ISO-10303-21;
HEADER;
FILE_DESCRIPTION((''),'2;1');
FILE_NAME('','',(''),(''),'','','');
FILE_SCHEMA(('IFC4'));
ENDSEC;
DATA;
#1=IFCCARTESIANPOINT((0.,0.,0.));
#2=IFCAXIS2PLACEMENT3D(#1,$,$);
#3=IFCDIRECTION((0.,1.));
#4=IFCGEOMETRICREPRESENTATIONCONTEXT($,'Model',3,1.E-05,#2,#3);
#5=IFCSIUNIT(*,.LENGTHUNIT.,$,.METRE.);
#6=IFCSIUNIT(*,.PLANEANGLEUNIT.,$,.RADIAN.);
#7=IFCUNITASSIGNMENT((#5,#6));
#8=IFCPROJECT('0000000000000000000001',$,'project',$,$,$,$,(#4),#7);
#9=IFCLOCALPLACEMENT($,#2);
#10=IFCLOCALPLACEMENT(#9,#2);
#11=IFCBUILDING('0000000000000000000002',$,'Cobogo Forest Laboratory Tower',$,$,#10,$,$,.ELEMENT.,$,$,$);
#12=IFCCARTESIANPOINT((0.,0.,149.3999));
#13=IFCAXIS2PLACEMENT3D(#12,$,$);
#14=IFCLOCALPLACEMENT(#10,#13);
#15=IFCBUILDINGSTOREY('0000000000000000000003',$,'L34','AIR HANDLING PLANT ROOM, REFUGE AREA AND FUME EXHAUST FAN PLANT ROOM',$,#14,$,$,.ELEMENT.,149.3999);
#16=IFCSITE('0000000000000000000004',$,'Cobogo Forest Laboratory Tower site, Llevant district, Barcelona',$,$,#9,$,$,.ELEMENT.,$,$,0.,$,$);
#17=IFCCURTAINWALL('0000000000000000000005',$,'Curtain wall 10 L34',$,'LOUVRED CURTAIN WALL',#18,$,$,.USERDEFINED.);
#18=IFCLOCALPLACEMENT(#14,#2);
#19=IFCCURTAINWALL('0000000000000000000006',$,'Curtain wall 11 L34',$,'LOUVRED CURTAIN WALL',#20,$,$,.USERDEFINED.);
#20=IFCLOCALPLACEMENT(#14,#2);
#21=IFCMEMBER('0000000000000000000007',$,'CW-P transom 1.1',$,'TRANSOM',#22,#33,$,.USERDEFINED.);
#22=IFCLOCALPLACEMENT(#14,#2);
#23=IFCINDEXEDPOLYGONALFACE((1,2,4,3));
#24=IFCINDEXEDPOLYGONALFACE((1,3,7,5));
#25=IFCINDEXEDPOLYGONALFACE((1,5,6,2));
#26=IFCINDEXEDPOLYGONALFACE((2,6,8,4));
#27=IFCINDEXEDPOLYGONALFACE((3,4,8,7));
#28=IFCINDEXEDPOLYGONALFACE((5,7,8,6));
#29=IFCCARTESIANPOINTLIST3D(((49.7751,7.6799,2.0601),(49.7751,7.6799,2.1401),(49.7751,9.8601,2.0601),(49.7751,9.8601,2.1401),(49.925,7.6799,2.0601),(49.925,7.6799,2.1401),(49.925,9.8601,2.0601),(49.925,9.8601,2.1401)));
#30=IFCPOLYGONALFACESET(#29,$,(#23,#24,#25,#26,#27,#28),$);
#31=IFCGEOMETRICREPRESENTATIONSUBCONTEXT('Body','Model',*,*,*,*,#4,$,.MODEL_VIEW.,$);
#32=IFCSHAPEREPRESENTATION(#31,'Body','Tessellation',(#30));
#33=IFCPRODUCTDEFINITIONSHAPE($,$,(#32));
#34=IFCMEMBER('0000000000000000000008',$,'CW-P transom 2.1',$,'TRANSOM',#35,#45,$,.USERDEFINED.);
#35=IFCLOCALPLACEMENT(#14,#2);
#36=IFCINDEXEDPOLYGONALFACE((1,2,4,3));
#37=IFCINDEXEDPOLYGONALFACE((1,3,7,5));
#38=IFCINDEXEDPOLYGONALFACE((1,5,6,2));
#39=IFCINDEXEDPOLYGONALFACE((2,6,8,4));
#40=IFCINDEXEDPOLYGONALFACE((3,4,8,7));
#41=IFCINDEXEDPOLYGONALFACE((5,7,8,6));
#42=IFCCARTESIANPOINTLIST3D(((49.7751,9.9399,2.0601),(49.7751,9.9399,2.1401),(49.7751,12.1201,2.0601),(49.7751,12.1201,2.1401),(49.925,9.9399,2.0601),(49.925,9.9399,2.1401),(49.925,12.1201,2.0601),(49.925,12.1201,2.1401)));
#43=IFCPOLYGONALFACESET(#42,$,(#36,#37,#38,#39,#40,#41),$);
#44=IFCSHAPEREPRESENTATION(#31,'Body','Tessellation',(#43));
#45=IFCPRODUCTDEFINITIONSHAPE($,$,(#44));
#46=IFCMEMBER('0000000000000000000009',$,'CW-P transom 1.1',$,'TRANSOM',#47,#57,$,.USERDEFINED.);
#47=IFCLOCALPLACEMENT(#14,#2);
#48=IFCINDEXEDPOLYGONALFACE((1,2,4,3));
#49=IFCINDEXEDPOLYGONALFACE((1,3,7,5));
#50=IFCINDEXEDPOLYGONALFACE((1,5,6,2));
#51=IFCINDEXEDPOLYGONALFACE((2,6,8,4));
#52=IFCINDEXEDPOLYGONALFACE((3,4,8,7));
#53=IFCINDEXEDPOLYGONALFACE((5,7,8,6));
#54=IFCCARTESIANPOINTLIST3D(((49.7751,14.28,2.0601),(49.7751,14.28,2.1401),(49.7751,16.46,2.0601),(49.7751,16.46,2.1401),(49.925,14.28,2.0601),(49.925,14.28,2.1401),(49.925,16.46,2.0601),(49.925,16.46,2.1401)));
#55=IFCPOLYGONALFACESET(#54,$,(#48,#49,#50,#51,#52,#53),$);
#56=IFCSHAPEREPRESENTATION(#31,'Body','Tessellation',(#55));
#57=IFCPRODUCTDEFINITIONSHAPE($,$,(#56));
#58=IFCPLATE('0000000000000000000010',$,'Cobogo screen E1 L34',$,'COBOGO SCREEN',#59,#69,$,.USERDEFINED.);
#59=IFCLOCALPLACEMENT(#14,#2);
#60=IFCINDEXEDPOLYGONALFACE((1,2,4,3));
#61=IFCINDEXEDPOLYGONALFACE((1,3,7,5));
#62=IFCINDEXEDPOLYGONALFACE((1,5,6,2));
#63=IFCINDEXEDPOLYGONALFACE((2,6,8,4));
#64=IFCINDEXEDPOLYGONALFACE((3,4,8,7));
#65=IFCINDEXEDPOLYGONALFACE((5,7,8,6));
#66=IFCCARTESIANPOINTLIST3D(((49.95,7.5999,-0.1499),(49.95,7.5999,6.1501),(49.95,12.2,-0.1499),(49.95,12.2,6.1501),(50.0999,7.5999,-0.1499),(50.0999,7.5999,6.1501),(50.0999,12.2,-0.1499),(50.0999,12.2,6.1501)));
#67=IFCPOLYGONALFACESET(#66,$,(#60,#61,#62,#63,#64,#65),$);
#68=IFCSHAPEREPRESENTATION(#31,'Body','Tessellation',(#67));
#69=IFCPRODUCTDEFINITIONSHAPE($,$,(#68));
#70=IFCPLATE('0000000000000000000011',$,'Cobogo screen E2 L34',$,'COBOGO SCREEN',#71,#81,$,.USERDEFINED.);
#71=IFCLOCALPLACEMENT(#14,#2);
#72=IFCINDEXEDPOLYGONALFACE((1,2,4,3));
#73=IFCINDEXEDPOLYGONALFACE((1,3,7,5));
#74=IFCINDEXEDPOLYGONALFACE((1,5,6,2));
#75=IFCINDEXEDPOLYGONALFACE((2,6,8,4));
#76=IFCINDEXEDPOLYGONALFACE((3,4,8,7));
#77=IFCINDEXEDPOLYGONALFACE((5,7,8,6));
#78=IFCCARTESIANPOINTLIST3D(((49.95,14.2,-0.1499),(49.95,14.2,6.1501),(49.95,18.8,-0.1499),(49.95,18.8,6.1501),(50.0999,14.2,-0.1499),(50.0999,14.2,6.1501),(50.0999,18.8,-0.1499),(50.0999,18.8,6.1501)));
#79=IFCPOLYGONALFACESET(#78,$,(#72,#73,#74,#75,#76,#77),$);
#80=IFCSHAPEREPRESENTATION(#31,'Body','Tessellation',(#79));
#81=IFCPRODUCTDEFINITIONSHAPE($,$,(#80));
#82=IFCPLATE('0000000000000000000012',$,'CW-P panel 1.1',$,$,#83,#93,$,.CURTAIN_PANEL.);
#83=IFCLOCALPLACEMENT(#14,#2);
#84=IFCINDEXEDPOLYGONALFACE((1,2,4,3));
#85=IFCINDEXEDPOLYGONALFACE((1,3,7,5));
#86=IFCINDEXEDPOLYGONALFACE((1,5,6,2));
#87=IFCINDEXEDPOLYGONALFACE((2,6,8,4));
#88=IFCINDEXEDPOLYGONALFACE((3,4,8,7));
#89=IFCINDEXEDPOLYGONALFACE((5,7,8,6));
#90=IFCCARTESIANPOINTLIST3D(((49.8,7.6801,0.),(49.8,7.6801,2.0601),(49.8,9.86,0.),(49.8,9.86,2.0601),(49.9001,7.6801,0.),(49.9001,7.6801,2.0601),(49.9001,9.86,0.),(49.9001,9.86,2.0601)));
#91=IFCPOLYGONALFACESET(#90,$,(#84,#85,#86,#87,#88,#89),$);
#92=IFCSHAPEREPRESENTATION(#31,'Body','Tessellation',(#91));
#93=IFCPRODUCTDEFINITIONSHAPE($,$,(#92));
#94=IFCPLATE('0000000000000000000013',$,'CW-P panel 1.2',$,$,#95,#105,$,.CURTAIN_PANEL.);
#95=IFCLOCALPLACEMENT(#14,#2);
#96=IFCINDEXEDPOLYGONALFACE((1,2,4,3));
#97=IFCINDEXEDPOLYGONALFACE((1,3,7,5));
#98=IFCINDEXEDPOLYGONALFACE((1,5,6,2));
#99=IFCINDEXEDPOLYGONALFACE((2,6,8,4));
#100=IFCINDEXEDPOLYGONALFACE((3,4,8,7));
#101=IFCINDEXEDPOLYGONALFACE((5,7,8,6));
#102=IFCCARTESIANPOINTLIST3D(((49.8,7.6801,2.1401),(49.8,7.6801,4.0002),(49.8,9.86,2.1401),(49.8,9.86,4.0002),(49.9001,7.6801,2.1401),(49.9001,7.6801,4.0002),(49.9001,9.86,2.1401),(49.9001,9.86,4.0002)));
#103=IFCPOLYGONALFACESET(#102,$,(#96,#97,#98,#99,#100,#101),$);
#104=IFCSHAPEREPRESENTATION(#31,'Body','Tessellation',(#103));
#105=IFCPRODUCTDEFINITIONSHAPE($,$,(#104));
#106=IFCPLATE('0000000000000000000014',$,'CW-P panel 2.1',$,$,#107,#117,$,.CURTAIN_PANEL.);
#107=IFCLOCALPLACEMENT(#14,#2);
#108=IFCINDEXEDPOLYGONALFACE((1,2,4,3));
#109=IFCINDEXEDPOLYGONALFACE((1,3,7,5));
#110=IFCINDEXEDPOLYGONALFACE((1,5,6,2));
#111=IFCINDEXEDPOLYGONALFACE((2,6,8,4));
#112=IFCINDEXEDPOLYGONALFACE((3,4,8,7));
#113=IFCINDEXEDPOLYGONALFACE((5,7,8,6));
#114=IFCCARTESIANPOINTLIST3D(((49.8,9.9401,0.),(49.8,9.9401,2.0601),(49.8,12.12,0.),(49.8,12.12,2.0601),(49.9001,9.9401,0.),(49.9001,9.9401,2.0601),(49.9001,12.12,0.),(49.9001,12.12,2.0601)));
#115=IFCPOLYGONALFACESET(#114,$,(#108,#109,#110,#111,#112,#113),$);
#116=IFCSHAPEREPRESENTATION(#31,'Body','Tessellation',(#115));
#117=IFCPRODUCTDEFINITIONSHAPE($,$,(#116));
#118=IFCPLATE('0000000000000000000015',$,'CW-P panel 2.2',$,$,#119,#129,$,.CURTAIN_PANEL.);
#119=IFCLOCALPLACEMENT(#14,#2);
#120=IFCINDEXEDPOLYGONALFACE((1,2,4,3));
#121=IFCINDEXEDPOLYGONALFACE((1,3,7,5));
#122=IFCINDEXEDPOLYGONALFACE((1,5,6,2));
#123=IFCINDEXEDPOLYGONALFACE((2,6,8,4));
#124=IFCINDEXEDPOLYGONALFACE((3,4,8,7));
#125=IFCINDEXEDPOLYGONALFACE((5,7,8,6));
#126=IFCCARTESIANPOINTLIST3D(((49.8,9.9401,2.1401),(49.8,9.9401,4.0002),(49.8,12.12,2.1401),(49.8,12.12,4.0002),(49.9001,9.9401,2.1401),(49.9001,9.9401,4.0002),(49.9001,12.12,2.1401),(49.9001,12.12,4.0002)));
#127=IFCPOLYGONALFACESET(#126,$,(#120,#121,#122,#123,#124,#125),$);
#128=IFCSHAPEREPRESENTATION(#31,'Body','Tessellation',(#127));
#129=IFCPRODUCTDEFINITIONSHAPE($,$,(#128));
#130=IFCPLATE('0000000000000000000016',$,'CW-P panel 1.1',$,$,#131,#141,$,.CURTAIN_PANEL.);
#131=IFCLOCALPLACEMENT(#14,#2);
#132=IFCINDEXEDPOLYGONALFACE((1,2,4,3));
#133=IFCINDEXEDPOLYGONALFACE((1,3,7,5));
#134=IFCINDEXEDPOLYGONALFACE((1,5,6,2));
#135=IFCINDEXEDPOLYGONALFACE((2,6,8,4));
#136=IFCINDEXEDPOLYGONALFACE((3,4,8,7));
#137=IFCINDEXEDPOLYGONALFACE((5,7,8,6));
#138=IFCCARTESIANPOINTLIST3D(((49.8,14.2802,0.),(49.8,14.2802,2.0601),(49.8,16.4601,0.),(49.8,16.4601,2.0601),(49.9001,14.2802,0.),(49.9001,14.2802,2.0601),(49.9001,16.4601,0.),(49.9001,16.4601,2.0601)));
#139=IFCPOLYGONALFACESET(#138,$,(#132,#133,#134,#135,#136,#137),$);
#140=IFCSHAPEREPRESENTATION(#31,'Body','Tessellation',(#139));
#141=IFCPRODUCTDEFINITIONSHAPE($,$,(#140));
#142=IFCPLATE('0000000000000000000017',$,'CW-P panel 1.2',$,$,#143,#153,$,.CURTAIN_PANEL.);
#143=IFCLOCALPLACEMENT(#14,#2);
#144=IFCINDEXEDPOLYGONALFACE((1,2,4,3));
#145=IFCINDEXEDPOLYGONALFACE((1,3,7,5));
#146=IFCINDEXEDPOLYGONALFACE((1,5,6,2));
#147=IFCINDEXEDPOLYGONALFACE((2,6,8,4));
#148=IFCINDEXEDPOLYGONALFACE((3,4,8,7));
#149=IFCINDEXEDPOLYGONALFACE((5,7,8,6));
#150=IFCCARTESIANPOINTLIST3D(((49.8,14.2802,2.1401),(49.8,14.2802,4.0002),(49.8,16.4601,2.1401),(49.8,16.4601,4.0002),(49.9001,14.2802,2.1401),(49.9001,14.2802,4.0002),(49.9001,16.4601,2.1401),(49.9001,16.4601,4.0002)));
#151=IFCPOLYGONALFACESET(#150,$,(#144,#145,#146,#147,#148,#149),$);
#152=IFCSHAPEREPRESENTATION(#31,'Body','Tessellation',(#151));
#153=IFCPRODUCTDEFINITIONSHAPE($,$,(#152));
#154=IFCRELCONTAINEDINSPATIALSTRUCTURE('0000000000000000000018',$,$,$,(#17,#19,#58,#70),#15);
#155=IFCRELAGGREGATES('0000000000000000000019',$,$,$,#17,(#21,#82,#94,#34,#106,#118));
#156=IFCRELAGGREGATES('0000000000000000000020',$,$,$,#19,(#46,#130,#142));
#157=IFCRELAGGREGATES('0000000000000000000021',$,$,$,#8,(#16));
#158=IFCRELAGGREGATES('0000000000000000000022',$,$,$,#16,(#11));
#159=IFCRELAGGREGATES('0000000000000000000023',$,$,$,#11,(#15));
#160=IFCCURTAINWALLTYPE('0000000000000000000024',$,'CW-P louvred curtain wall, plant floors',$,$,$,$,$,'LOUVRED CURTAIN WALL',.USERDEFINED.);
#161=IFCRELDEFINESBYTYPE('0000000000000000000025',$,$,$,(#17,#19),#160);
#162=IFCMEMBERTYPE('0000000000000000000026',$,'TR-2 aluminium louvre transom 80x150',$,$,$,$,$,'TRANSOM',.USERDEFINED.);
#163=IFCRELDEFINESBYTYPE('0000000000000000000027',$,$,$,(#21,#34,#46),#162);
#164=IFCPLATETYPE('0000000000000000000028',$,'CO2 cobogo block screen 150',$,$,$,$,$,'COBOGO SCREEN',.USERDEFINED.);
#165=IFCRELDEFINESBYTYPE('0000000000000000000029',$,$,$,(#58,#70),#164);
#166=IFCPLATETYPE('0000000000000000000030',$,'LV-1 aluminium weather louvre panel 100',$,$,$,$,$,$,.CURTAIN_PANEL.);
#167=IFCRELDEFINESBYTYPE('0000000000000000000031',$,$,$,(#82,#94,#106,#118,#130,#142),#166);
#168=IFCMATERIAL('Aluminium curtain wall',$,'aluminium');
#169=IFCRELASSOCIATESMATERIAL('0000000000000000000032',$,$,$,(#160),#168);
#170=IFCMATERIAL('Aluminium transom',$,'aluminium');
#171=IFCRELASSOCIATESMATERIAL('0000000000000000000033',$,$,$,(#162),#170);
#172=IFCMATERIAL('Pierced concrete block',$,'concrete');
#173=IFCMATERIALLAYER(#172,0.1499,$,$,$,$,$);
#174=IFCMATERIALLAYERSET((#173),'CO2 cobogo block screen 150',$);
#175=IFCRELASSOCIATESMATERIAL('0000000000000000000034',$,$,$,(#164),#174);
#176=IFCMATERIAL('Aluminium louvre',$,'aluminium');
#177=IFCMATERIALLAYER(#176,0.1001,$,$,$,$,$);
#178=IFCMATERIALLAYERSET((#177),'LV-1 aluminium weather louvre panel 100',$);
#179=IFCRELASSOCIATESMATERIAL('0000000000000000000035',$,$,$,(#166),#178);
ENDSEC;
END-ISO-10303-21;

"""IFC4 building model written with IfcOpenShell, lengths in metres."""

from ifc_helpers import new_model, si_unit, direction, frame, origin, origin_2d, place, context, subcontext, project, spatial, rectangle, extrude, material, layer, layer_set, material_profile, profile_set, type_object, element, aggregate, save


model = new_model("IFC4")

# Units and contexts
model_context = context("Model", 3, precision=1e-05, world=origin(), true_north=direction((0.0, 1.0)))
body_context = subcontext(model_context, "Body", "Model", "MODEL_VIEW")
ifc_project = project(units=[si_unit("LENGTHUNIT", "METRE"), si_unit("PLANEANGLEUNIT", "RADIAN")], contexts=[model_context])

# Site, building, storey
site_placement = place(None, origin())
site = spatial("IfcSite", under=ifc_project, at=site_placement, Name="Cobogo Forest Laboratory Tower site, Llevant district, Barcelona", CompositionType="ELEMENT", RefElevation=0.0)
building_placement = place(site_placement, origin())
building = spatial("IfcBuilding", under=site, at=building_placement, Name="Cobogo Forest Laboratory Tower", CompositionType="ELEMENT")
storey_placement = place(building_placement, frame((0.0, 0.0, 149.3999)))
storey = spatial("IfcBuildingStorey", under=building, at=storey_placement, Name="L34", Description="AIR HANDLING PLANT ROOM, REFUGE AREA AND FUME EXHAUST FAN PLANT ROOM", CompositionType="ELEMENT", Elevation=149.3999)

# Curtain walls
ifc_material_1 = material(Name="Aluminium curtain wall", Category="aluminium")
curtain_wall_type = type_object("IfcCurtainWallType", Name="CW-P louvred curtain wall, plant floors", ElementType="LOUVRED CURTAIN WALL", PredefinedType="USERDEFINED", material=ifc_material_1)
curtain_wall_1_placement = place(storey_placement, origin())
curtain_wall_1 = element("IfcCurtainWall", 1, at=curtain_wall_1_placement, inside=storey, type_object=curtain_wall_type, Name="Curtain wall 10 L34", ObjectType="LOUVRED CURTAIN WALL", PredefinedType="USERDEFINED")
curtain_wall_2_placement = place(storey_placement, origin())
curtain_wall_2 = element("IfcCurtainWall", 2, at=curtain_wall_2_placement, inside=storey, type_object=curtain_wall_type, Name="Curtain wall 11 L34", ObjectType="LOUVRED CURTAIN WALL", PredefinedType="USERDEFINED")

# Members
ifc_material_2 = material(Name="Aluminium transom", Category="aluminium")
ifc_material_profile_1 = material_profile(ifc_material_2, rectangle(XDim=0.1499, YDim=0.0801, at=origin_2d()), Name="AL 80x150")
ifc_profile_set_1 = profile_set([ifc_material_profile_1], Name="Aluminium transom")
member_type_1 = type_object("IfcMemberType", Name="TR-2 aluminium louvre transom 80x150", ElementType="TRANSOM", PredefinedType="USERDEFINED", material=ifc_profile_set_1)
member_1_placement = place(storey_placement, frame((49.8501, 7.6799, 2.1001), z_axis=(0.0, 1.0, 0.0), x_axis=(-1.0, 0.0, 0.0)))
member_1 = element("IfcMember", 3, at=member_1_placement, type_object=member_type_1, Name="CW-P transom 1.1", ObjectType="TRANSOM", PredefinedType="USERDEFINED", context=body_context, shape_type="SweptSolid", body=[
    extrude(rectangle(XDim=0.1499, YDim=0.0801, at=origin_2d()), origin(), (0.0, 0.0, 1.0), 2.1802),
])
member_2_placement = place(storey_placement, frame((49.8501, 9.9399, 2.1001), z_axis=(0.0, 1.0, 0.0), x_axis=(-1.0, 0.0, 0.0)))
member_2 = element("IfcMember", 4, at=member_2_placement, type_object=member_type_1, Name="CW-P transom 2.1", ObjectType="TRANSOM", PredefinedType="USERDEFINED", context=body_context, shape_type="SweptSolid", body=[
    extrude(rectangle(XDim=0.1499, YDim=0.0801, at=origin_2d()), origin(), (0.0, 0.0, 1.0), 2.1802),
])
member_3_placement = place(storey_placement, frame((49.8501, 14.28, 2.1001), z_axis=(0.0, 1.0, 0.0), x_axis=(-1.0, 0.0, 0.0)))
member_3 = element("IfcMember", 5, at=member_3_placement, type_object=member_type_1, Name="CW-P transom 1.1", ObjectType="TRANSOM", PredefinedType="USERDEFINED", context=body_context, shape_type="SweptSolid", body=[
    extrude(rectangle(XDim=0.1499, YDim=0.0801, at=origin_2d()), origin(), (0.0, 0.0, 1.0), 2.1799),
])

# Plates
ifc_material_3 = material(Name="Pierced concrete block", Category="concrete")
ifc_layer_1 = layer(ifc_material_3, 0.1499)
ifc_layer_set_1 = layer_set([ifc_layer_1], Name="CO2 cobogo block screen 150")
plate_type_1 = type_object("IfcPlateType", Name="CO2 cobogo block screen 150", ElementType="COBOGO SCREEN", PredefinedType="USERDEFINED", material=ifc_layer_set_1)
for number, where, z_axis, x_axis, name in (
    (6, (50.0249, 9.8999, -0.1499), (0.0, 0.0, 1.0), (0.0, 1.0, 0.0), "Cobogo screen E1 L34"),
    (7, (50.0249, 16.5, -0.1499), (0.0, 0.0, 1.0), (0.0, 1.0, 0.0), "Cobogo screen E2 L34"),
):
    element("IfcPlate", number, at=place(storey_placement, frame(where, z_axis=z_axis, x_axis=x_axis)), inside=storey, type_object=plate_type_1, Name=name, ObjectType="COBOGO SCREEN", PredefinedType="USERDEFINED", context=body_context, shape_type="SweptSolid", body=[
        extrude(rectangle(XDim=4.6001, YDim=0.1499, at=origin_2d()), origin(), (0.0, 0.0, 1.0), 6.3),
    ])

# Plates
ifc_material_4 = material(Name="Aluminium louvre", Category="aluminium")
ifc_layer_2 = layer(ifc_material_4, 0.1001)
ifc_layer_set_2 = layer_set([ifc_layer_2], Name="LV-1 aluminium weather louvre panel 100")
plate_type_2 = type_object("IfcPlateType", Name="LV-1 aluminium weather louvre panel 100", PredefinedType="CURTAIN_PANEL", material=ifc_layer_set_2)
plate_1_placement = place(storey_placement, frame((49.8501, 8.77, 0.0), z_axis=(0.0, 0.0, 1.0), x_axis=(0.0, 1.0, 0.0)))
plate_1 = element("IfcPlate", 8, at=plate_1_placement, type_object=plate_type_2, Name="CW-P panel 1.1", PredefinedType="CURTAIN_PANEL", context=body_context, shape_type="SweptSolid", body=[
    extrude(rectangle(XDim=2.1799, YDim=0.1001, at=origin_2d()), origin(), (0.0, 0.0, 1.0), 2.0601),
])
plate_2_placement = place(storey_placement, frame((49.8501, 8.77, 2.1401), z_axis=(0.0, 0.0, 1.0), x_axis=(0.0, 1.0, 0.0)))
plate_2 = element("IfcPlate", 9, at=plate_2_placement, type_object=plate_type_2, Name="CW-P panel 1.2", PredefinedType="CURTAIN_PANEL", context=body_context, shape_type="SweptSolid", body=[
    extrude(rectangle(XDim=2.1799, YDim=0.1001, at=origin_2d()), origin(), (0.0, 0.0, 1.0), 1.8601),
])
plate_3_placement = place(storey_placement, frame((49.8501, 11.03, 0.0), z_axis=(0.0, 0.0, 1.0), x_axis=(0.0, 1.0, 0.0)))
plate_3 = element("IfcPlate", 10, at=plate_3_placement, type_object=plate_type_2, Name="CW-P panel 2.1", PredefinedType="CURTAIN_PANEL", context=body_context, shape_type="SweptSolid", body=[
    extrude(rectangle(XDim=2.1799, YDim=0.1001, at=origin_2d()), origin(), (0.0, 0.0, 1.0), 2.0601),
])
plate_4_placement = place(storey_placement, frame((49.8501, 11.03, 2.1401), z_axis=(0.0, 0.0, 1.0), x_axis=(0.0, 1.0, 0.0)))
plate_4 = element("IfcPlate", 11, at=plate_4_placement, type_object=plate_type_2, Name="CW-P panel 2.2", PredefinedType="CURTAIN_PANEL", context=body_context, shape_type="SweptSolid", body=[
    extrude(rectangle(XDim=2.1799, YDim=0.1001, at=origin_2d()), origin(), (0.0, 0.0, 1.0), 1.8601),
])
aggregate(curtain_wall_1, [member_1, plate_1, plate_2, member_2, plate_3, plate_4])
plate_5_placement = place(storey_placement, frame((49.8501, 15.3701, 0.0), z_axis=(0.0, 0.0, 1.0), x_axis=(0.0, 1.0, 0.0)))
plate_5 = element("IfcPlate", 12, at=plate_5_placement, type_object=plate_type_2, Name="CW-P panel 1.1", PredefinedType="CURTAIN_PANEL", context=body_context, shape_type="SweptSolid", body=[
    extrude(rectangle(XDim=2.1799, YDim=0.1001, at=origin_2d()), origin(), (0.0, 0.0, 1.0), 2.0601),
])
plate_6_placement = place(storey_placement, frame((49.8501, 15.3701, 2.1401), z_axis=(0.0, 0.0, 1.0), x_axis=(0.0, 1.0, 0.0)))
plate_6 = element("IfcPlate", 13, at=plate_6_placement, type_object=plate_type_2, Name="CW-P panel 1.2", PredefinedType="CURTAIN_PANEL", context=body_context, shape_type="SweptSolid", body=[
    extrude(rectangle(XDim=2.1799, YDim=0.1001, at=origin_2d()), origin(), (0.0, 0.0, 1.0), 1.8601),
])
aggregate(curtain_wall_2, [member_3, plate_5, plate_6])

save(model, "model.ifc")
